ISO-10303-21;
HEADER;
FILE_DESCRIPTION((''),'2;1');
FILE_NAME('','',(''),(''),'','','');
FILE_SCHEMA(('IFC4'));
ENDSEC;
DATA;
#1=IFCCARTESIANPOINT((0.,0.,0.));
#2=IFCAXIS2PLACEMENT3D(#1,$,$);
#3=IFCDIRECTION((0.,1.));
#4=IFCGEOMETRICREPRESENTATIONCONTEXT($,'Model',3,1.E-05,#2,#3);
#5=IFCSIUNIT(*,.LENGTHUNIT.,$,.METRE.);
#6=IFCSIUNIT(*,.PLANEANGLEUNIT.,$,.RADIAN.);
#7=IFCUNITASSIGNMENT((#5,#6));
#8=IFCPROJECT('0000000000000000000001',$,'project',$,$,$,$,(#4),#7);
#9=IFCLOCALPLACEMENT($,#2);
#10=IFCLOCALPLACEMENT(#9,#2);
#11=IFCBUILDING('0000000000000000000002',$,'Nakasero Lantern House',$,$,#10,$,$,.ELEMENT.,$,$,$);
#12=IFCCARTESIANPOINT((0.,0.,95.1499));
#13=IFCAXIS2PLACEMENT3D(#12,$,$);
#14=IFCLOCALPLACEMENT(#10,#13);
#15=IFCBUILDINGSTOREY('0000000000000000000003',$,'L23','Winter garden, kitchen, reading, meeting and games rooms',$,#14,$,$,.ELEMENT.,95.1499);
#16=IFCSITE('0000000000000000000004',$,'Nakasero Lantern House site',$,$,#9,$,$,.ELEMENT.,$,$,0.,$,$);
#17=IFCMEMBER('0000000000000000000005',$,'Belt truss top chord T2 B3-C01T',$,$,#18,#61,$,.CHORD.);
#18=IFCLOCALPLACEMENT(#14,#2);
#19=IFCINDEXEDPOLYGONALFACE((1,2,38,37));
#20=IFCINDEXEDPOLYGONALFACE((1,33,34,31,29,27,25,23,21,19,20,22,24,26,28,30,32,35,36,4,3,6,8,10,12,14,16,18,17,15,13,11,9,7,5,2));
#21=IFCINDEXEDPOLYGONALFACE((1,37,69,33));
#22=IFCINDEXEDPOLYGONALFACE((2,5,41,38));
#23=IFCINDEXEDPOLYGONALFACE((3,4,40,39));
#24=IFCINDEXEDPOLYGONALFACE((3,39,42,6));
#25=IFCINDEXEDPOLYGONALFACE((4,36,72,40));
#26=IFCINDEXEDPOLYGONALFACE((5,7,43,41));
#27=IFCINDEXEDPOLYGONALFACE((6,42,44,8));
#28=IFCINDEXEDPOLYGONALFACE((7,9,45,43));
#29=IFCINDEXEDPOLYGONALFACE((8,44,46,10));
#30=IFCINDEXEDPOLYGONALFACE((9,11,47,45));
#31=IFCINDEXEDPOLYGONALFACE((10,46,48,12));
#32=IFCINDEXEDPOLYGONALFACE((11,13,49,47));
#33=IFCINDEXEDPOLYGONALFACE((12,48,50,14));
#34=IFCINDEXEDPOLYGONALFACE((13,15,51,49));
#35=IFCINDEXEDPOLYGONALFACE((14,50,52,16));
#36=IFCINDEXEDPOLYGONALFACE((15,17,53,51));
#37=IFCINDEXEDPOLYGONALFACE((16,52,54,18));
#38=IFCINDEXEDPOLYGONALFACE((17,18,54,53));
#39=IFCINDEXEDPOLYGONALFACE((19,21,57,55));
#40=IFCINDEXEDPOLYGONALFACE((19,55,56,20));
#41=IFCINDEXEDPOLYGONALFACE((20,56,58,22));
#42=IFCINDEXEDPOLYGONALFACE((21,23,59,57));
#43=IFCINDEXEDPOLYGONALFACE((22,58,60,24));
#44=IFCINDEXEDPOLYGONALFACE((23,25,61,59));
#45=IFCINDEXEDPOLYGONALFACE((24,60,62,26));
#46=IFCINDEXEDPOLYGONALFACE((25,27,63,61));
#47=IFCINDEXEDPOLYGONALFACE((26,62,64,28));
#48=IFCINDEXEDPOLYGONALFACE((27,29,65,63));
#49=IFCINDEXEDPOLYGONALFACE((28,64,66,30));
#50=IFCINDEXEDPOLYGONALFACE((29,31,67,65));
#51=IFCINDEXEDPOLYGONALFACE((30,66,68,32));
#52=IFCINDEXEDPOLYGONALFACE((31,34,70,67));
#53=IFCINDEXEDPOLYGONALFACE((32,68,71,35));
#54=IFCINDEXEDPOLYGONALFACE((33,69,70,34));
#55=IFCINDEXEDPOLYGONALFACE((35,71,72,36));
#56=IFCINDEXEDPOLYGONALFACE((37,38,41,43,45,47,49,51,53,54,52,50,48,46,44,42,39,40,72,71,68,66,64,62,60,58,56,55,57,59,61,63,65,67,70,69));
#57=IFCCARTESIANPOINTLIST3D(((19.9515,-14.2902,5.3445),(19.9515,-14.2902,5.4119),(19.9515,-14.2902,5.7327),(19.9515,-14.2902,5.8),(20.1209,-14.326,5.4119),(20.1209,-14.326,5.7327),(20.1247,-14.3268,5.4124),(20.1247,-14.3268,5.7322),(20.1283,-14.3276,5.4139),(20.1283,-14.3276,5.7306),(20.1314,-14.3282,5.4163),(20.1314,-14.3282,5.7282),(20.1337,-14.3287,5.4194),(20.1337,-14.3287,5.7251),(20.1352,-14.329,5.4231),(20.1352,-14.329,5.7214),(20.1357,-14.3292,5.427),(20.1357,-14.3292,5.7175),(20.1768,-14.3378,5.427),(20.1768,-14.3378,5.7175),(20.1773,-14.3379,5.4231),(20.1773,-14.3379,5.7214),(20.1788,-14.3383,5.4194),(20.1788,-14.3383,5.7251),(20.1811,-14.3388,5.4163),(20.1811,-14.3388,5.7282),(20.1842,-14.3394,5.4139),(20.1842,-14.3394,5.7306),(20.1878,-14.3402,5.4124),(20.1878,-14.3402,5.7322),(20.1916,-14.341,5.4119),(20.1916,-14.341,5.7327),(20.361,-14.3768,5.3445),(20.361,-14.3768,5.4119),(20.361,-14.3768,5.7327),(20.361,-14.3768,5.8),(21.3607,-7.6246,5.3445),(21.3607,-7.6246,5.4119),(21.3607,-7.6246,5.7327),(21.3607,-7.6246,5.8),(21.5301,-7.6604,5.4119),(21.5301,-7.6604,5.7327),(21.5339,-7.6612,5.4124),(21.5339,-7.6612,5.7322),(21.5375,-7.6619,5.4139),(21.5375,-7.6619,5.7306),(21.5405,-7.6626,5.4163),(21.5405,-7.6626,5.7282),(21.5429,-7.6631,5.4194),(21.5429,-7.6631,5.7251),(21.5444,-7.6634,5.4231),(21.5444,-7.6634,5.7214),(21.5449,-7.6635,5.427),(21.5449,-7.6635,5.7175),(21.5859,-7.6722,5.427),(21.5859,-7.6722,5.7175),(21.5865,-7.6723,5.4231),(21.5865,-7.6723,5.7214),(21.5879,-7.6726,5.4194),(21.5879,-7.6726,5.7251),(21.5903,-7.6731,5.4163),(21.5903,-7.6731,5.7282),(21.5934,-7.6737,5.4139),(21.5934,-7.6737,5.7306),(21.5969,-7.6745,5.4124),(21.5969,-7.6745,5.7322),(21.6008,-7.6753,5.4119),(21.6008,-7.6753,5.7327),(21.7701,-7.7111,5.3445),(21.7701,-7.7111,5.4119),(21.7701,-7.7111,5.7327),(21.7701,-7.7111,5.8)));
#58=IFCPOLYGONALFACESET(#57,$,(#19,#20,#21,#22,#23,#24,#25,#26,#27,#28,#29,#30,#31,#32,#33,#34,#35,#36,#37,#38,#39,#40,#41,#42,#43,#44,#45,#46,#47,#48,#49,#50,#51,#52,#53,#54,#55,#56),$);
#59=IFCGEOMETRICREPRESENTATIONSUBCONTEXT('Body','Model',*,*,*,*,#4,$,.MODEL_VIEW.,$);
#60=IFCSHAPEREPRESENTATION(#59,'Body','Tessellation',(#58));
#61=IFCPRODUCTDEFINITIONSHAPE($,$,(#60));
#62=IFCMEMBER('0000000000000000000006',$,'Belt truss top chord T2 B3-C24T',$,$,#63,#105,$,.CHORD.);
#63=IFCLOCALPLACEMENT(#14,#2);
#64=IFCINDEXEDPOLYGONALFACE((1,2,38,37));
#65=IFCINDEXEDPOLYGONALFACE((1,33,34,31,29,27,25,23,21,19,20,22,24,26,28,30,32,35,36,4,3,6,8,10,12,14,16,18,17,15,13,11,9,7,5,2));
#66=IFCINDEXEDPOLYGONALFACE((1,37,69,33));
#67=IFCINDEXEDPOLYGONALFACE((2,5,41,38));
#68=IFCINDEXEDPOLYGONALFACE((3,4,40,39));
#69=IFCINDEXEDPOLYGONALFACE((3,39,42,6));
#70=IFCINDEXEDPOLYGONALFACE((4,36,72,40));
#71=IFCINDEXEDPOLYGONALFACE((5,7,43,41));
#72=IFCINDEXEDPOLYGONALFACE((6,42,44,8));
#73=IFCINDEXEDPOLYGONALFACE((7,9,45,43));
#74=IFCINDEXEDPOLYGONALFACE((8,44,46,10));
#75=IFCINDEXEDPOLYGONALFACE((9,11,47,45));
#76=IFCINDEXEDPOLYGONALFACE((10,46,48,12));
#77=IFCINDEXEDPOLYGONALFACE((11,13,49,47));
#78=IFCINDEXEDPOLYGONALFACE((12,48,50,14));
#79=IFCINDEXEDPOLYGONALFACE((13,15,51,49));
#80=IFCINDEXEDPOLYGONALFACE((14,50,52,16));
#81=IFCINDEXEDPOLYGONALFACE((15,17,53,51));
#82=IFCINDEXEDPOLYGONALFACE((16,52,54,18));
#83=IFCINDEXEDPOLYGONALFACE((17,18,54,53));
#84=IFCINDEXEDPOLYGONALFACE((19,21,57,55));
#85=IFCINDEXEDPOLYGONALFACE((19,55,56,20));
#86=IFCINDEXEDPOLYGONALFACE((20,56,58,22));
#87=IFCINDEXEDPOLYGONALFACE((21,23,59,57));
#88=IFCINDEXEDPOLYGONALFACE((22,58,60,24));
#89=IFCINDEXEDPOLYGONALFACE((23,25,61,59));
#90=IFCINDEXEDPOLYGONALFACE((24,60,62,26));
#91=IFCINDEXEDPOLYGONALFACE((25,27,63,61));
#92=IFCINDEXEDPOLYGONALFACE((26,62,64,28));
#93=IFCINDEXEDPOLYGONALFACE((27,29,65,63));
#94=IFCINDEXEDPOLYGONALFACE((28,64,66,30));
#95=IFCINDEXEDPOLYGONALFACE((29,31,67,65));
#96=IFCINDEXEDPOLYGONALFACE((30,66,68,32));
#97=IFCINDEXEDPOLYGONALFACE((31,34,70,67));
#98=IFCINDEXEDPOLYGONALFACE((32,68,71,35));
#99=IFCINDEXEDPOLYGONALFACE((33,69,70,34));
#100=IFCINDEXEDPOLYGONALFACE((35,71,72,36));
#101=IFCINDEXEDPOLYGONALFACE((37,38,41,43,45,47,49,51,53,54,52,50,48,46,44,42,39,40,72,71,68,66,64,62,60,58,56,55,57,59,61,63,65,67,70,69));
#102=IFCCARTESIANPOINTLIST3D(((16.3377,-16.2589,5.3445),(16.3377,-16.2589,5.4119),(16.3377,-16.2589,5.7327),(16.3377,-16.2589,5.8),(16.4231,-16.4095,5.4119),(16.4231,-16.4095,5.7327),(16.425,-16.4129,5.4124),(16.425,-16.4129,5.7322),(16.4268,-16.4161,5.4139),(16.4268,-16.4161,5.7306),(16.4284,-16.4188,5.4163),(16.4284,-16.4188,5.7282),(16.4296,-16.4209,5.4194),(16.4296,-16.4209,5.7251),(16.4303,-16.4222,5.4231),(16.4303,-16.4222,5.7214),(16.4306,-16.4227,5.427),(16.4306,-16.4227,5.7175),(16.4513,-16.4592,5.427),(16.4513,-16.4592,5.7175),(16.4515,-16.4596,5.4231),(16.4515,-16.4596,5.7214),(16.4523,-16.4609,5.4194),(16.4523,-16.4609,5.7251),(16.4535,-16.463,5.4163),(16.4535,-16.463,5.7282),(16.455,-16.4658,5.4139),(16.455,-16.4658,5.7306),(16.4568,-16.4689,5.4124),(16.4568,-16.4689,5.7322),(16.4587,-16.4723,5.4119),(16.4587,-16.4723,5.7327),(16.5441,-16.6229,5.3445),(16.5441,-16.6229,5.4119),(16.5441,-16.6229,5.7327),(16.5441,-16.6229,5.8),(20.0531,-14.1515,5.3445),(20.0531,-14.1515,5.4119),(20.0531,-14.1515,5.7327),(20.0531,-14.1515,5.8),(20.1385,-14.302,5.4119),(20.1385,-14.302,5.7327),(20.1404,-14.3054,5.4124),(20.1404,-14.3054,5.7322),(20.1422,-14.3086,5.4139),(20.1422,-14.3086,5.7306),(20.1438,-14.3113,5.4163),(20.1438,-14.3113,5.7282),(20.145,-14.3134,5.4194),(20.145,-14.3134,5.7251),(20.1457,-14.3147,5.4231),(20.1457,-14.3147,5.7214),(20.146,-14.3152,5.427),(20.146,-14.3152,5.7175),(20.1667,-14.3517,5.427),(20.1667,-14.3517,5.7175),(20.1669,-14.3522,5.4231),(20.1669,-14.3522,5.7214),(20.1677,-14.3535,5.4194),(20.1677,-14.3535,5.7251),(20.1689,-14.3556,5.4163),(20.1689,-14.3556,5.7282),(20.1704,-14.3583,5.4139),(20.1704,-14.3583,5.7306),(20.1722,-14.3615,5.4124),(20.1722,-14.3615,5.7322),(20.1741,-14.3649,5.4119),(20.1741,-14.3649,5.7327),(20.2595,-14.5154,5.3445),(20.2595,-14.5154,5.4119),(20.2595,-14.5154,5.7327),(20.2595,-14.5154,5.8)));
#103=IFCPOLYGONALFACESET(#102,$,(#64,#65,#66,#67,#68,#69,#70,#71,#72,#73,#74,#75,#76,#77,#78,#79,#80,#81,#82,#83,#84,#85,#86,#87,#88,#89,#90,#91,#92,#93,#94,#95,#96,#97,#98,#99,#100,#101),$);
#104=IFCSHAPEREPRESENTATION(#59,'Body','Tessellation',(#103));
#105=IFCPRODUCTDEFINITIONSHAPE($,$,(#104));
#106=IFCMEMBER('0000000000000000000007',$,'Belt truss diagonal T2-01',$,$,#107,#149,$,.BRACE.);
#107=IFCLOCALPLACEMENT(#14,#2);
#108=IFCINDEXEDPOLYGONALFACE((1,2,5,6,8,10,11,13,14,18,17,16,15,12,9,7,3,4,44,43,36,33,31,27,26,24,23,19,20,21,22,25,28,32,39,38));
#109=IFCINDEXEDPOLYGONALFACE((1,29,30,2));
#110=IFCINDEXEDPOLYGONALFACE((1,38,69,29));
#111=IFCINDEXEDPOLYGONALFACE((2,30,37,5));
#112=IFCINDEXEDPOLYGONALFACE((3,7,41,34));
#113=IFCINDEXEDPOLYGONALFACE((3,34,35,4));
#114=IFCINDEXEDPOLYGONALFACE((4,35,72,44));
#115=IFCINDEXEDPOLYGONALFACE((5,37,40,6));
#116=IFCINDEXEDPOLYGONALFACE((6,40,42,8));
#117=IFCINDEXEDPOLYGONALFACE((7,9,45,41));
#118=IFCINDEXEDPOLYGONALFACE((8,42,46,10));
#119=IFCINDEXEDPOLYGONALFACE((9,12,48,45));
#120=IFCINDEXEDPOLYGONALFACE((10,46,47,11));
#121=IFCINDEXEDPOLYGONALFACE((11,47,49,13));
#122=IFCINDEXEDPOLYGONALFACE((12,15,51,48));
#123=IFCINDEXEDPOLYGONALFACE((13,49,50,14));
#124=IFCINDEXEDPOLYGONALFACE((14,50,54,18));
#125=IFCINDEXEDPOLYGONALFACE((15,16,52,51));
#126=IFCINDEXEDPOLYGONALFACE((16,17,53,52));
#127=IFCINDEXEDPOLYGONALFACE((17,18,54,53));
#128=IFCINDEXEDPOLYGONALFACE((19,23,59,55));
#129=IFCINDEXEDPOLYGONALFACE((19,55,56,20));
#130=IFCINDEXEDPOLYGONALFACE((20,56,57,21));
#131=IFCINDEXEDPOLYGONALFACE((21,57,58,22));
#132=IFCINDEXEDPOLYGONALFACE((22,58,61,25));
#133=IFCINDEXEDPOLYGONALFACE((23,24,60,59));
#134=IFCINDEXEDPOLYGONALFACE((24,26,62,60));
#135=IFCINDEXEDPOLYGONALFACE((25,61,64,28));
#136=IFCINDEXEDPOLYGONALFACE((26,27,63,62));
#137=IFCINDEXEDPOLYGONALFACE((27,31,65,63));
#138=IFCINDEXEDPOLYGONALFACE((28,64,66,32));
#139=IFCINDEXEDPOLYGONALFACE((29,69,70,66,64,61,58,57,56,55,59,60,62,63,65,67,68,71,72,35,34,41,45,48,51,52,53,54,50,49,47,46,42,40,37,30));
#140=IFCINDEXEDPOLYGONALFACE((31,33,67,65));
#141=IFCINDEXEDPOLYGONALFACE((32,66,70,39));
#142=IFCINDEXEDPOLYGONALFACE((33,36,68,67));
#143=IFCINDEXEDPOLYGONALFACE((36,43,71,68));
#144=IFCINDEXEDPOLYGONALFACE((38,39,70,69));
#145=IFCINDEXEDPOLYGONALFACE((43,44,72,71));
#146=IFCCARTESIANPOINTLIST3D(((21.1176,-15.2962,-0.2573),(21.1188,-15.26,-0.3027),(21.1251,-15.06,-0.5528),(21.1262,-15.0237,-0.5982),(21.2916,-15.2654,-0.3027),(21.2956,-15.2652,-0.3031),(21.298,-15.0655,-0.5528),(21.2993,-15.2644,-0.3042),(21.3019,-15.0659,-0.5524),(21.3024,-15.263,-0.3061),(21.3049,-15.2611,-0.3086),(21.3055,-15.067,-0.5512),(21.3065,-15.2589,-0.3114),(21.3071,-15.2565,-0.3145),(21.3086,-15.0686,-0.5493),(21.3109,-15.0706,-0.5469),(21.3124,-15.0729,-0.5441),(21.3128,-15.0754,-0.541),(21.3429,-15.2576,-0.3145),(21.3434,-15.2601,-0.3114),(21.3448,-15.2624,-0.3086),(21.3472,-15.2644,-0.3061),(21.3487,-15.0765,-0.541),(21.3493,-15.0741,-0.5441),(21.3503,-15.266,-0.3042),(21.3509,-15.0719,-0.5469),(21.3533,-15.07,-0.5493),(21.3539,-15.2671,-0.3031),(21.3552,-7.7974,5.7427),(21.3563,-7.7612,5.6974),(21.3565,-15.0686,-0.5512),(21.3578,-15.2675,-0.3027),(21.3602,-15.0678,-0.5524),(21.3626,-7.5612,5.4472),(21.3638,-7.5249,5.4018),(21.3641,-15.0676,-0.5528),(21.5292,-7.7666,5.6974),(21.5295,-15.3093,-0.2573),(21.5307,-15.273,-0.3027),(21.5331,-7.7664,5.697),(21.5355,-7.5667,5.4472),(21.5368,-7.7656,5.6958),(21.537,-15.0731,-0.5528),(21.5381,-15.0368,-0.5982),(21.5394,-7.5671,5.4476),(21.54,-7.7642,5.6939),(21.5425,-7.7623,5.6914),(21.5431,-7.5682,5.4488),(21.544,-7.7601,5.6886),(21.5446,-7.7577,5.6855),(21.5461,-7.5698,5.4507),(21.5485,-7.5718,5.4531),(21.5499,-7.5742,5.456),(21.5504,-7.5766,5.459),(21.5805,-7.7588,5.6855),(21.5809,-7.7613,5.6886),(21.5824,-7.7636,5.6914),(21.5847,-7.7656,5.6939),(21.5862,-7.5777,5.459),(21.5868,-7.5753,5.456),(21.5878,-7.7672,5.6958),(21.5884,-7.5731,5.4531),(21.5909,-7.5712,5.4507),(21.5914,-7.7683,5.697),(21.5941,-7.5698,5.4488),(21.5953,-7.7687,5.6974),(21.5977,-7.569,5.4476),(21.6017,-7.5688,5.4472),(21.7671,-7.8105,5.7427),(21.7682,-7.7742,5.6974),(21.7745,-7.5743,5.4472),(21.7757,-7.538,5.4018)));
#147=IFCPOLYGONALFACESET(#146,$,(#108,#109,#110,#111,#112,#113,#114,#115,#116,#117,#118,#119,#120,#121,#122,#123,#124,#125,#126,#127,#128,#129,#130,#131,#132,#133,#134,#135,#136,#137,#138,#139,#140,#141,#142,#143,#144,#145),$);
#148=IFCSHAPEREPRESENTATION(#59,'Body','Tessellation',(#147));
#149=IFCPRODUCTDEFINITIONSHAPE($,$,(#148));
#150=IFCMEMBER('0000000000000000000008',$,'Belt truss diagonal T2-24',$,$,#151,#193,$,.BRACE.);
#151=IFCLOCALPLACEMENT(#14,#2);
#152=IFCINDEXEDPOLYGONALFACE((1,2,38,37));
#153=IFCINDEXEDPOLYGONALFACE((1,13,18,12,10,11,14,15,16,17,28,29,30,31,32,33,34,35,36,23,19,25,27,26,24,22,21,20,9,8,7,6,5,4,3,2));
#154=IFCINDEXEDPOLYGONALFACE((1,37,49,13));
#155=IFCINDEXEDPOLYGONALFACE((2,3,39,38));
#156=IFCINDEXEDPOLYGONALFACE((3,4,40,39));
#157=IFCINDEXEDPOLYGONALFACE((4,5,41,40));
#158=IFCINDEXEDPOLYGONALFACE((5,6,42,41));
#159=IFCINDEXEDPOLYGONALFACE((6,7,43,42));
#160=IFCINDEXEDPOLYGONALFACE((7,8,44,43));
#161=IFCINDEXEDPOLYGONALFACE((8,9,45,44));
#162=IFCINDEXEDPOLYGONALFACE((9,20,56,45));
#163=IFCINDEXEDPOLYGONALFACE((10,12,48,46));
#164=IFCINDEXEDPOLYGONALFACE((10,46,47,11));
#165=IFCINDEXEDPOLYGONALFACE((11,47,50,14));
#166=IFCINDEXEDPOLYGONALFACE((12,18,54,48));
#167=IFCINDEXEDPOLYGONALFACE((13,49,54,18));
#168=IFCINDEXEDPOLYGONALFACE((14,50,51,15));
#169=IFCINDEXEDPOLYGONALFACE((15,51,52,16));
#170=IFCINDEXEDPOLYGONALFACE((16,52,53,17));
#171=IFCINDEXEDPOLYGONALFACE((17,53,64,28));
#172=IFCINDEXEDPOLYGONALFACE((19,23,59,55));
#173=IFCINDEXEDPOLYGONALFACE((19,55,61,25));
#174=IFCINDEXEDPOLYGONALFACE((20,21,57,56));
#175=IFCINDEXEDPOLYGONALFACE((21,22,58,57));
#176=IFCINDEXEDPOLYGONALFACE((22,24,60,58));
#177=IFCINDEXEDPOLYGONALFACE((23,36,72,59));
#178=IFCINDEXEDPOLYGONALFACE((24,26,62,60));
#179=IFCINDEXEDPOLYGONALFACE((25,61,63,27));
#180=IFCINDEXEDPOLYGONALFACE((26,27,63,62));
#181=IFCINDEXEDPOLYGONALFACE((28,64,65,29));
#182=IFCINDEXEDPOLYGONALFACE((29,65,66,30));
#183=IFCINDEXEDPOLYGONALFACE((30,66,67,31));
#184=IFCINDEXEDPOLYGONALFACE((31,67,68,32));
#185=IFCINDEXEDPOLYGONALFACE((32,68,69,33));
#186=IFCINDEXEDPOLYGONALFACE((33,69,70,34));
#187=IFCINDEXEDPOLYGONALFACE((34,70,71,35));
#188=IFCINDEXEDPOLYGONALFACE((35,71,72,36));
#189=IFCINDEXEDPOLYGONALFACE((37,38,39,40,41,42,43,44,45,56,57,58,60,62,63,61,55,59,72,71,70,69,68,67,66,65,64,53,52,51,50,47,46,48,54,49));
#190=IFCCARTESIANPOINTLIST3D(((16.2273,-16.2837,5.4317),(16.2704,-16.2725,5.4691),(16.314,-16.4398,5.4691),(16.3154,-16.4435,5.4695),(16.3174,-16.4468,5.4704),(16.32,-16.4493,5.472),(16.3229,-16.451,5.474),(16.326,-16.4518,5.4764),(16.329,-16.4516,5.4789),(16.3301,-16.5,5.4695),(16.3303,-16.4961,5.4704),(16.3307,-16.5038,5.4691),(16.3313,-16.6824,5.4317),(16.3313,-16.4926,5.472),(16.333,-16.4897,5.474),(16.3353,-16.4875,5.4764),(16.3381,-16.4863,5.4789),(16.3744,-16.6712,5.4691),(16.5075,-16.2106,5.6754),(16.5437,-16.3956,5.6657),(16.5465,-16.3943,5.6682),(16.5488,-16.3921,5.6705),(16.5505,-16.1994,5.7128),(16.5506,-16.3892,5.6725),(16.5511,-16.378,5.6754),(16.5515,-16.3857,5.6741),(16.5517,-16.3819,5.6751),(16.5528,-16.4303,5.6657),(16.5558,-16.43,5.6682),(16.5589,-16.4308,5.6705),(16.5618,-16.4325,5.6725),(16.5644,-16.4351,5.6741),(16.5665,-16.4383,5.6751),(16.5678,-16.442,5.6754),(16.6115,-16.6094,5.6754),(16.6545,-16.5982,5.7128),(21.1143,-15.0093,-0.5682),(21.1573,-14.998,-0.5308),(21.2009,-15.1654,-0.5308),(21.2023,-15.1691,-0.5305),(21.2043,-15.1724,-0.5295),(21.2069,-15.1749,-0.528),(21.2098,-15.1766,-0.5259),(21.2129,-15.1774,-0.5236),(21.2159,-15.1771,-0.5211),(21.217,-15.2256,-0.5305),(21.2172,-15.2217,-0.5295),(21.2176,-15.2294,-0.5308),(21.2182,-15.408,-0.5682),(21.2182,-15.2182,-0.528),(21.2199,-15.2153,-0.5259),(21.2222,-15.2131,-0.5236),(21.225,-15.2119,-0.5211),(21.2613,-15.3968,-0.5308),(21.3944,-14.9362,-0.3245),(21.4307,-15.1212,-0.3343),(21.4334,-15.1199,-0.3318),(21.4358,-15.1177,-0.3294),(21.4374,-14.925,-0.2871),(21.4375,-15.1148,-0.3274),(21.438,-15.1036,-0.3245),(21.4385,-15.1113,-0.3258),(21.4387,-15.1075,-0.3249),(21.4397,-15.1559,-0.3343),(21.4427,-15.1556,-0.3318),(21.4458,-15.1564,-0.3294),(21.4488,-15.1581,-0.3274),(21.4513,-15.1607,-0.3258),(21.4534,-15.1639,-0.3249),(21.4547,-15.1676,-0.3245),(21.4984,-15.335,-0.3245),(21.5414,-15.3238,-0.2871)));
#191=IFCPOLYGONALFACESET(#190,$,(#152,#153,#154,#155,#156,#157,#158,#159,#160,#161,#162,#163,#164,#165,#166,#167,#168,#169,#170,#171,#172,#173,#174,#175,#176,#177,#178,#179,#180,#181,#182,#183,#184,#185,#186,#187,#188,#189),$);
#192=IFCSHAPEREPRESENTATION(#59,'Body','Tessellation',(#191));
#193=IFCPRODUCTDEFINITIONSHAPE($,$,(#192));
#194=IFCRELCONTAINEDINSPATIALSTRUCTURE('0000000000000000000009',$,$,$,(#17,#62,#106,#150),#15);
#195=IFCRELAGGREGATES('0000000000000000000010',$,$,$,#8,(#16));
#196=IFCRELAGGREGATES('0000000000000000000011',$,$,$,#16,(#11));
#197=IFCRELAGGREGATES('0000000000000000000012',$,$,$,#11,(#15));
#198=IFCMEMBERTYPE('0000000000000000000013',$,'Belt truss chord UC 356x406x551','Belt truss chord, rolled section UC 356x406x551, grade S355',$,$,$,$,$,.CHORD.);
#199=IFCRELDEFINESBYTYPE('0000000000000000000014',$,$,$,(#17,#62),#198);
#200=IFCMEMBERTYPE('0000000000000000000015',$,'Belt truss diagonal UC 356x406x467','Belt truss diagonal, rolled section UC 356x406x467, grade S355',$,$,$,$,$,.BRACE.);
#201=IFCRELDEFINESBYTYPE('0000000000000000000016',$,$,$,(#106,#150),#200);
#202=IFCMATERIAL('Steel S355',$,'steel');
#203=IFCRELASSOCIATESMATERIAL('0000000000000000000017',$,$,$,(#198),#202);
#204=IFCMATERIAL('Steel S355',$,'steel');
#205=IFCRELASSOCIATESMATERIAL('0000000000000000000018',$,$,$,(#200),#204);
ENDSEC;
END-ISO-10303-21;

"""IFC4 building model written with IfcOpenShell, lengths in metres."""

from ifc_helpers import new_model, si_unit, direction, frame, origin, origin_2d, place, context, subcontext, project, spatial, i_section, extrude, material, material_profile, profile_set, type_object, element, save


model = new_model("IFC4")

# Units and contexts
model_context = context("Model", 3, precision=1e-05, world=origin(), true_north=direction((0.0, 1.0)))
body_context = subcontext(model_context, "Body", "Model", "MODEL_VIEW")
ifc_project = project(units=[si_unit("LENGTHUNIT", "METRE"), si_unit("PLANEANGLEUNIT", "RADIAN")], contexts=[model_context])

# Site, building, storey
site_placement = place(None, origin())
site = spatial("IfcSite", under=ifc_project, at=site_placement, Name="Nakasero Lantern House site", CompositionType="ELEMENT", RefElevation=0.0)
building_placement = place(site_placement, origin())
building = spatial("IfcBuilding", under=site, at=building_placement, Name="Nakasero Lantern House", CompositionType="ELEMENT")
storey_placement = place(building_placement, frame((0.0, 0.0, 95.1499)))
storey = spatial("IfcBuildingStorey", under=building, at=storey_placement, Name="L23", Description="Winter garden, kitchen, reading, meeting and games rooms", CompositionType="ELEMENT", Elevation=95.1499)

# Members
ifc_material_1 = material(Name="Steel S355", Category="steel")
ifc_material_profile_1 = material_profile(ifc_material_1, i_section(OverallWidth=0.4185, OverallDepth=0.4556, WebThickness=0.042, FlangeThickness=0.0674, FilletRadius=0.0151, at=origin_2d()), Name="UC 356x406x551")
ifc_profile_set_1 = profile_set([ifc_material_profile_1], Name="Steel S355")
member_type_1 = type_object("IfcMemberType", Name="Belt truss chord UC 356x406x551", Description="Belt truss chord, rolled section UC 356x406x551, grade S355", PredefinedType="CHORD", material=ifc_profile_set_1)
member_1_placement = place(storey_placement, frame((20.1562, -14.3335, 5.5723), z_axis=(0.206834, 0.978376, 0.0), x_axis=(-0.978376, 0.206834, 0.0)))
element("IfcMember", 1, at=member_1_placement, inside=storey, type_object=member_type_1, Name="Belt truss top chord T2 B3-C01T", PredefinedType="CHORD", context=body_context, shape_type="SweptSolid", body=[
    extrude(i_section(OverallWidth=0.4185, OverallDepth=0.4556, WebThickness=0.042, FlangeThickness=0.0674, FilletRadius=0.0151, at=origin_2d()), origin(), (0.0, 0.0, 1.0), 6.813),
])
member_2_placement = place(storey_placement, frame((16.4409, -16.4409, 5.5723), z_axis=(0.869815, 0.493379, 0.0), x_axis=(-0.493379, 0.869815, 0.0)))
element("IfcMember", 2, at=member_2_placement, inside=storey, type_object=member_type_1, Name="Belt truss top chord T2 B3-C24T", PredefinedType="CHORD", context=body_context, shape_type="SweptSolid", body=[
    extrude(i_section(OverallWidth=0.4185, OverallDepth=0.4556, WebThickness=0.042, FlangeThickness=0.0674, FilletRadius=0.0151, at=origin_2d()), origin(), (0.0, 0.0, 1.0), 4.2715),
])
ifc_material_2 = material(Name="Steel S355", Category="steel")
ifc_material_profile_2 = material_profile(ifc_material_2, i_section(OverallWidth=0.4121, OverallDepth=0.4365, WebThickness=0.0359, FlangeThickness=0.0581, FilletRadius=0.0151, at=origin_2d()), Name="UC 356x406x467")
ifc_profile_set_2 = profile_set([ifc_material_profile_2], Name="Steel S355")
member_type_2 = type_object("IfcMemberType", Name="Belt truss diagonal UC 356x406x467", Description="Belt truss diagonal, rolled section UC 356x406x467, grade S355", PredefinedType="BRACE", material=ifc_profile_set_2)
member_3_placement = place(storey_placement, frame((21.3279, -15.1665, -0.4277), z_axis=(0.024727, 0.78058, 0.624566), x_axis=(-0.999499, 0.031662, 0.0)))
element("IfcMember", 3, at=member_3_placement, inside=storey, type_object=member_type_2, Name="Belt truss diagonal T2-01", PredefinedType="BRACE", context=body_context, shape_type="SweptSolid", body=[
    extrude(i_section(OverallWidth=0.4121, OverallDepth=0.4365, WebThickness=0.0359, FlangeThickness=0.0581, FilletRadius=0.0151, at=origin_2d()), origin(), (0.0, 0.0, 1.0), 9.6067),
])
member_4_placement = place(storey_placement, frame((16.4409, -16.4409, 5.5723), z_axis=(0.62313, 0.162499, -0.765051), x_axis=(-0.252339, 0.967639, 0.0)))
element("IfcMember", 4, at=member_4_placement, inside=storey, type_object=member_type_2, Name="Belt truss diagonal T2-24", PredefinedType="BRACE", context=body_context, shape_type="SweptSolid", body=[
    extrude(i_section(OverallWidth=0.4121, OverallDepth=0.4365, WebThickness=0.0359, FlangeThickness=0.0581, FilletRadius=0.0151, at=origin_2d()), origin(), (0.0, 0.0, 1.0), 7.8425),
])

save(model, "model.ifc")
